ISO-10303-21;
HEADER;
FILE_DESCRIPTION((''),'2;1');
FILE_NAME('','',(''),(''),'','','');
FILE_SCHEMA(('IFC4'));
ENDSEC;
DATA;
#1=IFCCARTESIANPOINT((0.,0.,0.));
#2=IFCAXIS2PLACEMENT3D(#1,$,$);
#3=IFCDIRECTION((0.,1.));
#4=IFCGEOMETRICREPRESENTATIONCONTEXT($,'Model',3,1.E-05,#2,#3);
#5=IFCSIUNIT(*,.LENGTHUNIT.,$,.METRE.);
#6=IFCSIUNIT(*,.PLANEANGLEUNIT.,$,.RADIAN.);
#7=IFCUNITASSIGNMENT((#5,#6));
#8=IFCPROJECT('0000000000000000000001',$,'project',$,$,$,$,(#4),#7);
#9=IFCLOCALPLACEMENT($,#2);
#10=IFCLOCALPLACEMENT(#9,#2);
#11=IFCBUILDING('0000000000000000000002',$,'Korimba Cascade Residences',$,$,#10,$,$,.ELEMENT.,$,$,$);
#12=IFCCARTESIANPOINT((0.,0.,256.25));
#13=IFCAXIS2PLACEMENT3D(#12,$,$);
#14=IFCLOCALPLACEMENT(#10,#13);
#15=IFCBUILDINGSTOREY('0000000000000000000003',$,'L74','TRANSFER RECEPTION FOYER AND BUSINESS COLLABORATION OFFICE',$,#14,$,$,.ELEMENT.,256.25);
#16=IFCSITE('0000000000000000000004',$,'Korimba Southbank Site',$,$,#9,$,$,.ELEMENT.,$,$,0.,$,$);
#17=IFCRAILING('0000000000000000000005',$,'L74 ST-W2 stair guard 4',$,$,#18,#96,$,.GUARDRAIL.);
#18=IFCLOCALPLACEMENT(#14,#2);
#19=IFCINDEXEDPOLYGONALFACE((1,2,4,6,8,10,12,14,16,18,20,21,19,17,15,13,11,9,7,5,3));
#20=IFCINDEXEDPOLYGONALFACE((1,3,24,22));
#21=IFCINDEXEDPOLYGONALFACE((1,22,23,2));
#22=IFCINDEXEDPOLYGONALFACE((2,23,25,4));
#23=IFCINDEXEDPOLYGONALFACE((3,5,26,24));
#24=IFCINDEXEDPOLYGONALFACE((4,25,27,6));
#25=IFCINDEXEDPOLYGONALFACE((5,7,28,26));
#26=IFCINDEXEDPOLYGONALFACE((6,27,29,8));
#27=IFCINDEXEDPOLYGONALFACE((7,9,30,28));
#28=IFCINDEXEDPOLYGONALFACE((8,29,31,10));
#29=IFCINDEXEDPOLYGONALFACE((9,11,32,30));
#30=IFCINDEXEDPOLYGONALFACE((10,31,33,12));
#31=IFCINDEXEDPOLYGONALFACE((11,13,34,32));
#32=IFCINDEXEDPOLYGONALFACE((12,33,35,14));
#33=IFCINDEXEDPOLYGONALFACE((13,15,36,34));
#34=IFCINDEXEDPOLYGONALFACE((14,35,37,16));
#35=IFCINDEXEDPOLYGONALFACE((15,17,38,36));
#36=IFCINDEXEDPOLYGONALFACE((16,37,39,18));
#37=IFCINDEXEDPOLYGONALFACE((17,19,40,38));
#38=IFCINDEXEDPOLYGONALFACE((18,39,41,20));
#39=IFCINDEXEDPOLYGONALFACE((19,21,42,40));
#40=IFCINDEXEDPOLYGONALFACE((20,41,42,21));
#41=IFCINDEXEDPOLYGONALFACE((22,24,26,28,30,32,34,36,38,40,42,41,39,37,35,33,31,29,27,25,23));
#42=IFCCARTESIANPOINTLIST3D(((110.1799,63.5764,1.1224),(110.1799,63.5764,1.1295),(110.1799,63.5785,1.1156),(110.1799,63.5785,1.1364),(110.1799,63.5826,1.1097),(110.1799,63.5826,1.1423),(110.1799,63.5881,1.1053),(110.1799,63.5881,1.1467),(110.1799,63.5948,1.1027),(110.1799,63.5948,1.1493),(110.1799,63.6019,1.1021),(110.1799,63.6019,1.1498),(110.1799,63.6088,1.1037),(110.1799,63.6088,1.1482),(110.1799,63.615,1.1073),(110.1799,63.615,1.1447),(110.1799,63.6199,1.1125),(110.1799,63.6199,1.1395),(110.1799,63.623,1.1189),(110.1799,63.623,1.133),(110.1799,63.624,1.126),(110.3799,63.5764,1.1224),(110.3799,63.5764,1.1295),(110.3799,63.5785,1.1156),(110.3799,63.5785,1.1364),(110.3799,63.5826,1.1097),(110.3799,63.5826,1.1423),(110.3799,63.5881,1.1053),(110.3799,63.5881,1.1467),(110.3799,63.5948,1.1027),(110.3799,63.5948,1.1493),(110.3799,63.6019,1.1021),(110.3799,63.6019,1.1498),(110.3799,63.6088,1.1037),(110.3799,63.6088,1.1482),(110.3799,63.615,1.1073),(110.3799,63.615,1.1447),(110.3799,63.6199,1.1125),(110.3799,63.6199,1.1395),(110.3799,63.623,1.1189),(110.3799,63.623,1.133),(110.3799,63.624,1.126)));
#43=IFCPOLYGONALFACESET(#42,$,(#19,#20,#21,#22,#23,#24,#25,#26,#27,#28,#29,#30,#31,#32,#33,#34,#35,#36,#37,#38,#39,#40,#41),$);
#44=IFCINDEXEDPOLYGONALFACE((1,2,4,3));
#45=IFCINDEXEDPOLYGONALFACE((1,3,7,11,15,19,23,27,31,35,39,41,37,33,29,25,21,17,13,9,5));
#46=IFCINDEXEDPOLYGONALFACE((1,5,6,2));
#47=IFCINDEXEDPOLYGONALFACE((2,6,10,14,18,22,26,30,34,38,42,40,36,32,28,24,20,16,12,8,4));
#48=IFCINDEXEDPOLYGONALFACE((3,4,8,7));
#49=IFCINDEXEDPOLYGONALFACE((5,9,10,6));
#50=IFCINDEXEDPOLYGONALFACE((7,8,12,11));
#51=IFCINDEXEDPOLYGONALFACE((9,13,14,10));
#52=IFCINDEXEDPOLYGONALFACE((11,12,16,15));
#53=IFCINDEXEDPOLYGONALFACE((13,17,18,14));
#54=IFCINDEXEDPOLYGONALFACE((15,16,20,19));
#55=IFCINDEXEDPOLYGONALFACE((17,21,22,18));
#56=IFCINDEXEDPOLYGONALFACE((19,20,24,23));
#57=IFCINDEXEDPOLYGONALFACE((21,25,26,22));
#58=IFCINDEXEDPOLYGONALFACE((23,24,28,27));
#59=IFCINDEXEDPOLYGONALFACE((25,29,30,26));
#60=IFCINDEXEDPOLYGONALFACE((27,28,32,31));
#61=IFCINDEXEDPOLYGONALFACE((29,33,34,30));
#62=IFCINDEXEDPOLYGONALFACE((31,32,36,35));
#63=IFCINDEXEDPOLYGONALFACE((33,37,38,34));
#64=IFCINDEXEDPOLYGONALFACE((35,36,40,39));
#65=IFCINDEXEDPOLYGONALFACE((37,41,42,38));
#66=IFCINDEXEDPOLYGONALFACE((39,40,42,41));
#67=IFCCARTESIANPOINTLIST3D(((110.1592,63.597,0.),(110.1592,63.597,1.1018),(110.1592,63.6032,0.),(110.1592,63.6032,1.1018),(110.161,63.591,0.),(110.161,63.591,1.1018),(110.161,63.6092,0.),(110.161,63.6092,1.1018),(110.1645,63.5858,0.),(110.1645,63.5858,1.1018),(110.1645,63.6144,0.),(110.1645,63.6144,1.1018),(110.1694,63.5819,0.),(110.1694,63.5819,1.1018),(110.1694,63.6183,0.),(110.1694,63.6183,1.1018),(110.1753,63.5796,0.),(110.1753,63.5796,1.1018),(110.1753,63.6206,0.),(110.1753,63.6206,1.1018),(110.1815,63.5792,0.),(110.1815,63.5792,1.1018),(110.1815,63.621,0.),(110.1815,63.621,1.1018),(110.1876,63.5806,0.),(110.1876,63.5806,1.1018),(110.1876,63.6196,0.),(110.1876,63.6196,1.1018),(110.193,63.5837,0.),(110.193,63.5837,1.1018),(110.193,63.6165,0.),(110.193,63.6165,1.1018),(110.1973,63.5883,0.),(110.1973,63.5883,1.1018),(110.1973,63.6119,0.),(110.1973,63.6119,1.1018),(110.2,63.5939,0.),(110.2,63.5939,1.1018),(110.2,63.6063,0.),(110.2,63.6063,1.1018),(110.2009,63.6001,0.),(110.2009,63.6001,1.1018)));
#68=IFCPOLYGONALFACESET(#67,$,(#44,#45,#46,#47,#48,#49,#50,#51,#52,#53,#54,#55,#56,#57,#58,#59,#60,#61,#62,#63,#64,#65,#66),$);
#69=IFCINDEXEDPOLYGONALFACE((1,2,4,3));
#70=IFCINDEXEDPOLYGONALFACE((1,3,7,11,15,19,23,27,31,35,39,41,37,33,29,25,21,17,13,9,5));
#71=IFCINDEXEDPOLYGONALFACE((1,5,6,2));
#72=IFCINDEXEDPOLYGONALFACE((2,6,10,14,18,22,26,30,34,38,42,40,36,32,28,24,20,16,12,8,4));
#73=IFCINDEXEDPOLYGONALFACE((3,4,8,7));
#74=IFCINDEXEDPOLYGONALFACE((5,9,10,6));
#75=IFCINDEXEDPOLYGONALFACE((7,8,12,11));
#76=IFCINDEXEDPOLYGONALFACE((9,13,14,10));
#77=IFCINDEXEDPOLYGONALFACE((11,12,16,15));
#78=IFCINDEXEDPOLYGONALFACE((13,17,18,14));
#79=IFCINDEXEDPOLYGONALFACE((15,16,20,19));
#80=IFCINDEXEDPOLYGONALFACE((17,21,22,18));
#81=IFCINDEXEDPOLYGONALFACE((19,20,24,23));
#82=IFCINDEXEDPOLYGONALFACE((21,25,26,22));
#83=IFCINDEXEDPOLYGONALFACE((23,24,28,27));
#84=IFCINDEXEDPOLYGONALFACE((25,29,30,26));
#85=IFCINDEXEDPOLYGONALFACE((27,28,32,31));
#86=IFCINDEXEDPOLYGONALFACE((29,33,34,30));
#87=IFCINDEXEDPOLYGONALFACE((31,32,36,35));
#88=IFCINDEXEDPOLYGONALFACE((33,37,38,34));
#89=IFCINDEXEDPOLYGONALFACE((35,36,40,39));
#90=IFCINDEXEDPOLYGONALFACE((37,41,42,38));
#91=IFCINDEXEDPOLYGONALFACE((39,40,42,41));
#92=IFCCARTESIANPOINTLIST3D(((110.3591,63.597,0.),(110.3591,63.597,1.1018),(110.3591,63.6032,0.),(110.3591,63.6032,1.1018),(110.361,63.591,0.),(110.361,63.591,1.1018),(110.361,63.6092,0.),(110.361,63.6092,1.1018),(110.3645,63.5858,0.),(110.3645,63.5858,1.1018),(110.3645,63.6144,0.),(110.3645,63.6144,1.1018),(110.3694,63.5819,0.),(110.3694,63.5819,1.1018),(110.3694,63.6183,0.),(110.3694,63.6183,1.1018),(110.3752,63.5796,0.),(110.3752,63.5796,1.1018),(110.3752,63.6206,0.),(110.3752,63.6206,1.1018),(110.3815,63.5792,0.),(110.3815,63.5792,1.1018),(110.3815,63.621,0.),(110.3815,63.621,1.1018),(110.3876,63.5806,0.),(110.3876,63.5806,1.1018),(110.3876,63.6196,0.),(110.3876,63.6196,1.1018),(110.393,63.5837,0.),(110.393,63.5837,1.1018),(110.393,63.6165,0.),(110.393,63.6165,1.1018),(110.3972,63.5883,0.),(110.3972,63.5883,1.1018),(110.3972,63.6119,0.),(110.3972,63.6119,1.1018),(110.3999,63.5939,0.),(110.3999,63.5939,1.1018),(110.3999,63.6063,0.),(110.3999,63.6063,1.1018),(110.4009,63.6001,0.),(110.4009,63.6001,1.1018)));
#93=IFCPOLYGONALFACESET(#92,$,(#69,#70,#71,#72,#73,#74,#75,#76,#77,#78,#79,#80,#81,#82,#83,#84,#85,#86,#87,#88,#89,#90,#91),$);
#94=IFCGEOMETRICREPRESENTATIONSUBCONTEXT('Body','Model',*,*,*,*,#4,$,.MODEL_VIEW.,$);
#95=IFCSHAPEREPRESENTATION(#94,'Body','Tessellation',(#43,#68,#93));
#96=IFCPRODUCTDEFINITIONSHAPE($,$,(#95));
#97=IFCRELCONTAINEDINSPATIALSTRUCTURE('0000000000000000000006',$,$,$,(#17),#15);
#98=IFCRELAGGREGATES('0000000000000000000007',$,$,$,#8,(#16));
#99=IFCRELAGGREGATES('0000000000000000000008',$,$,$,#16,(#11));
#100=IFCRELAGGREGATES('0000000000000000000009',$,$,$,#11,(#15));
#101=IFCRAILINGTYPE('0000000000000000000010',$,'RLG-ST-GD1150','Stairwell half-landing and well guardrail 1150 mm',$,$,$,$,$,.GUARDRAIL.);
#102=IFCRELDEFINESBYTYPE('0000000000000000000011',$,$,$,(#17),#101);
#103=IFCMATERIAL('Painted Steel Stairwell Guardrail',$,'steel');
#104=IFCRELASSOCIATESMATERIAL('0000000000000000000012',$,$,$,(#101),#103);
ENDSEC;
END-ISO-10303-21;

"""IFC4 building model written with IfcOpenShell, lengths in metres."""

from ifc_helpers import new_model, si_unit, direction, frame, origin, origin_2d, place, context, subcontext, project, spatial, circle, extrude, material, type_object, element, save


model = new_model("IFC4")

# Units and contexts
model_context = context("Model", 3, precision=1e-05, world=origin(), true_north=direction((0.0, 1.0)))
body_context = subcontext(model_context, "Body", "Model", "MODEL_VIEW")
ifc_project = project(units=[si_unit("LENGTHUNIT", "METRE"), si_unit("PLANEANGLEUNIT", "RADIAN")], contexts=[model_context])

# Site, building, storey
site_placement = place(None, origin())
site = spatial("IfcSite", under=ifc_project, at=site_placement, Name="Korimba Southbank Site", CompositionType="ELEMENT", RefElevation=0.0)
building_placement = place(site_placement, origin())
building = spatial("IfcBuilding", under=site, at=building_placement, Name="Korimba Cascade Residences", CompositionType="ELEMENT")
storey_placement = place(building_placement, frame((0.0, 0.0, 256.25)))
storey = spatial("IfcBuildingStorey", under=building, at=storey_placement, Name="L74", Description="TRANSFER RECEPTION FOYER AND BUSINESS COLLABORATION OFFICE", CompositionType="ELEMENT", Elevation=256.25)

# Railing
ifc_material_1 = material(Name="Painted Steel Stairwell Guardrail", Category="steel")
railing_type_1 = type_object("IfcRailingType", Name="RLG-ST-GD1150", Description="Stairwell half-landing and well guardrail 1150 mm", PredefinedType="GUARDRAIL", material=ifc_material_1)
railing_1_placement = place(storey_placement, frame((110.1799, 63.6001, 0.0)))
element("IfcRailing", 1, at=railing_1_placement, inside=storey, type_object=railing_type_1, Name="L74 ST-W2 stair guard 4", PredefinedType="GUARDRAIL", context=body_context, shape_type="SweptSolid", body=[
    extrude(circle(Radius=0.0239, at=origin_2d()), frame((0.0, 0.0, 1.126), z_axis=(1.0, 0.0, 0.0), x_axis=(0.0, 1.0, 0.0)), (0.0, 0.0, 1.0), 0.2),
    extrude(circle(Radius=0.021, at=origin_2d()), origin(), (0.0, 0.0, 1.0), 1.1018),
    extrude(circle(Radius=0.021, at=origin_2d()), frame((0.2, 0.0, 0.0)), (0.0, 0.0, 1.0), 1.1018),
])

save(model, "model.ifc")
